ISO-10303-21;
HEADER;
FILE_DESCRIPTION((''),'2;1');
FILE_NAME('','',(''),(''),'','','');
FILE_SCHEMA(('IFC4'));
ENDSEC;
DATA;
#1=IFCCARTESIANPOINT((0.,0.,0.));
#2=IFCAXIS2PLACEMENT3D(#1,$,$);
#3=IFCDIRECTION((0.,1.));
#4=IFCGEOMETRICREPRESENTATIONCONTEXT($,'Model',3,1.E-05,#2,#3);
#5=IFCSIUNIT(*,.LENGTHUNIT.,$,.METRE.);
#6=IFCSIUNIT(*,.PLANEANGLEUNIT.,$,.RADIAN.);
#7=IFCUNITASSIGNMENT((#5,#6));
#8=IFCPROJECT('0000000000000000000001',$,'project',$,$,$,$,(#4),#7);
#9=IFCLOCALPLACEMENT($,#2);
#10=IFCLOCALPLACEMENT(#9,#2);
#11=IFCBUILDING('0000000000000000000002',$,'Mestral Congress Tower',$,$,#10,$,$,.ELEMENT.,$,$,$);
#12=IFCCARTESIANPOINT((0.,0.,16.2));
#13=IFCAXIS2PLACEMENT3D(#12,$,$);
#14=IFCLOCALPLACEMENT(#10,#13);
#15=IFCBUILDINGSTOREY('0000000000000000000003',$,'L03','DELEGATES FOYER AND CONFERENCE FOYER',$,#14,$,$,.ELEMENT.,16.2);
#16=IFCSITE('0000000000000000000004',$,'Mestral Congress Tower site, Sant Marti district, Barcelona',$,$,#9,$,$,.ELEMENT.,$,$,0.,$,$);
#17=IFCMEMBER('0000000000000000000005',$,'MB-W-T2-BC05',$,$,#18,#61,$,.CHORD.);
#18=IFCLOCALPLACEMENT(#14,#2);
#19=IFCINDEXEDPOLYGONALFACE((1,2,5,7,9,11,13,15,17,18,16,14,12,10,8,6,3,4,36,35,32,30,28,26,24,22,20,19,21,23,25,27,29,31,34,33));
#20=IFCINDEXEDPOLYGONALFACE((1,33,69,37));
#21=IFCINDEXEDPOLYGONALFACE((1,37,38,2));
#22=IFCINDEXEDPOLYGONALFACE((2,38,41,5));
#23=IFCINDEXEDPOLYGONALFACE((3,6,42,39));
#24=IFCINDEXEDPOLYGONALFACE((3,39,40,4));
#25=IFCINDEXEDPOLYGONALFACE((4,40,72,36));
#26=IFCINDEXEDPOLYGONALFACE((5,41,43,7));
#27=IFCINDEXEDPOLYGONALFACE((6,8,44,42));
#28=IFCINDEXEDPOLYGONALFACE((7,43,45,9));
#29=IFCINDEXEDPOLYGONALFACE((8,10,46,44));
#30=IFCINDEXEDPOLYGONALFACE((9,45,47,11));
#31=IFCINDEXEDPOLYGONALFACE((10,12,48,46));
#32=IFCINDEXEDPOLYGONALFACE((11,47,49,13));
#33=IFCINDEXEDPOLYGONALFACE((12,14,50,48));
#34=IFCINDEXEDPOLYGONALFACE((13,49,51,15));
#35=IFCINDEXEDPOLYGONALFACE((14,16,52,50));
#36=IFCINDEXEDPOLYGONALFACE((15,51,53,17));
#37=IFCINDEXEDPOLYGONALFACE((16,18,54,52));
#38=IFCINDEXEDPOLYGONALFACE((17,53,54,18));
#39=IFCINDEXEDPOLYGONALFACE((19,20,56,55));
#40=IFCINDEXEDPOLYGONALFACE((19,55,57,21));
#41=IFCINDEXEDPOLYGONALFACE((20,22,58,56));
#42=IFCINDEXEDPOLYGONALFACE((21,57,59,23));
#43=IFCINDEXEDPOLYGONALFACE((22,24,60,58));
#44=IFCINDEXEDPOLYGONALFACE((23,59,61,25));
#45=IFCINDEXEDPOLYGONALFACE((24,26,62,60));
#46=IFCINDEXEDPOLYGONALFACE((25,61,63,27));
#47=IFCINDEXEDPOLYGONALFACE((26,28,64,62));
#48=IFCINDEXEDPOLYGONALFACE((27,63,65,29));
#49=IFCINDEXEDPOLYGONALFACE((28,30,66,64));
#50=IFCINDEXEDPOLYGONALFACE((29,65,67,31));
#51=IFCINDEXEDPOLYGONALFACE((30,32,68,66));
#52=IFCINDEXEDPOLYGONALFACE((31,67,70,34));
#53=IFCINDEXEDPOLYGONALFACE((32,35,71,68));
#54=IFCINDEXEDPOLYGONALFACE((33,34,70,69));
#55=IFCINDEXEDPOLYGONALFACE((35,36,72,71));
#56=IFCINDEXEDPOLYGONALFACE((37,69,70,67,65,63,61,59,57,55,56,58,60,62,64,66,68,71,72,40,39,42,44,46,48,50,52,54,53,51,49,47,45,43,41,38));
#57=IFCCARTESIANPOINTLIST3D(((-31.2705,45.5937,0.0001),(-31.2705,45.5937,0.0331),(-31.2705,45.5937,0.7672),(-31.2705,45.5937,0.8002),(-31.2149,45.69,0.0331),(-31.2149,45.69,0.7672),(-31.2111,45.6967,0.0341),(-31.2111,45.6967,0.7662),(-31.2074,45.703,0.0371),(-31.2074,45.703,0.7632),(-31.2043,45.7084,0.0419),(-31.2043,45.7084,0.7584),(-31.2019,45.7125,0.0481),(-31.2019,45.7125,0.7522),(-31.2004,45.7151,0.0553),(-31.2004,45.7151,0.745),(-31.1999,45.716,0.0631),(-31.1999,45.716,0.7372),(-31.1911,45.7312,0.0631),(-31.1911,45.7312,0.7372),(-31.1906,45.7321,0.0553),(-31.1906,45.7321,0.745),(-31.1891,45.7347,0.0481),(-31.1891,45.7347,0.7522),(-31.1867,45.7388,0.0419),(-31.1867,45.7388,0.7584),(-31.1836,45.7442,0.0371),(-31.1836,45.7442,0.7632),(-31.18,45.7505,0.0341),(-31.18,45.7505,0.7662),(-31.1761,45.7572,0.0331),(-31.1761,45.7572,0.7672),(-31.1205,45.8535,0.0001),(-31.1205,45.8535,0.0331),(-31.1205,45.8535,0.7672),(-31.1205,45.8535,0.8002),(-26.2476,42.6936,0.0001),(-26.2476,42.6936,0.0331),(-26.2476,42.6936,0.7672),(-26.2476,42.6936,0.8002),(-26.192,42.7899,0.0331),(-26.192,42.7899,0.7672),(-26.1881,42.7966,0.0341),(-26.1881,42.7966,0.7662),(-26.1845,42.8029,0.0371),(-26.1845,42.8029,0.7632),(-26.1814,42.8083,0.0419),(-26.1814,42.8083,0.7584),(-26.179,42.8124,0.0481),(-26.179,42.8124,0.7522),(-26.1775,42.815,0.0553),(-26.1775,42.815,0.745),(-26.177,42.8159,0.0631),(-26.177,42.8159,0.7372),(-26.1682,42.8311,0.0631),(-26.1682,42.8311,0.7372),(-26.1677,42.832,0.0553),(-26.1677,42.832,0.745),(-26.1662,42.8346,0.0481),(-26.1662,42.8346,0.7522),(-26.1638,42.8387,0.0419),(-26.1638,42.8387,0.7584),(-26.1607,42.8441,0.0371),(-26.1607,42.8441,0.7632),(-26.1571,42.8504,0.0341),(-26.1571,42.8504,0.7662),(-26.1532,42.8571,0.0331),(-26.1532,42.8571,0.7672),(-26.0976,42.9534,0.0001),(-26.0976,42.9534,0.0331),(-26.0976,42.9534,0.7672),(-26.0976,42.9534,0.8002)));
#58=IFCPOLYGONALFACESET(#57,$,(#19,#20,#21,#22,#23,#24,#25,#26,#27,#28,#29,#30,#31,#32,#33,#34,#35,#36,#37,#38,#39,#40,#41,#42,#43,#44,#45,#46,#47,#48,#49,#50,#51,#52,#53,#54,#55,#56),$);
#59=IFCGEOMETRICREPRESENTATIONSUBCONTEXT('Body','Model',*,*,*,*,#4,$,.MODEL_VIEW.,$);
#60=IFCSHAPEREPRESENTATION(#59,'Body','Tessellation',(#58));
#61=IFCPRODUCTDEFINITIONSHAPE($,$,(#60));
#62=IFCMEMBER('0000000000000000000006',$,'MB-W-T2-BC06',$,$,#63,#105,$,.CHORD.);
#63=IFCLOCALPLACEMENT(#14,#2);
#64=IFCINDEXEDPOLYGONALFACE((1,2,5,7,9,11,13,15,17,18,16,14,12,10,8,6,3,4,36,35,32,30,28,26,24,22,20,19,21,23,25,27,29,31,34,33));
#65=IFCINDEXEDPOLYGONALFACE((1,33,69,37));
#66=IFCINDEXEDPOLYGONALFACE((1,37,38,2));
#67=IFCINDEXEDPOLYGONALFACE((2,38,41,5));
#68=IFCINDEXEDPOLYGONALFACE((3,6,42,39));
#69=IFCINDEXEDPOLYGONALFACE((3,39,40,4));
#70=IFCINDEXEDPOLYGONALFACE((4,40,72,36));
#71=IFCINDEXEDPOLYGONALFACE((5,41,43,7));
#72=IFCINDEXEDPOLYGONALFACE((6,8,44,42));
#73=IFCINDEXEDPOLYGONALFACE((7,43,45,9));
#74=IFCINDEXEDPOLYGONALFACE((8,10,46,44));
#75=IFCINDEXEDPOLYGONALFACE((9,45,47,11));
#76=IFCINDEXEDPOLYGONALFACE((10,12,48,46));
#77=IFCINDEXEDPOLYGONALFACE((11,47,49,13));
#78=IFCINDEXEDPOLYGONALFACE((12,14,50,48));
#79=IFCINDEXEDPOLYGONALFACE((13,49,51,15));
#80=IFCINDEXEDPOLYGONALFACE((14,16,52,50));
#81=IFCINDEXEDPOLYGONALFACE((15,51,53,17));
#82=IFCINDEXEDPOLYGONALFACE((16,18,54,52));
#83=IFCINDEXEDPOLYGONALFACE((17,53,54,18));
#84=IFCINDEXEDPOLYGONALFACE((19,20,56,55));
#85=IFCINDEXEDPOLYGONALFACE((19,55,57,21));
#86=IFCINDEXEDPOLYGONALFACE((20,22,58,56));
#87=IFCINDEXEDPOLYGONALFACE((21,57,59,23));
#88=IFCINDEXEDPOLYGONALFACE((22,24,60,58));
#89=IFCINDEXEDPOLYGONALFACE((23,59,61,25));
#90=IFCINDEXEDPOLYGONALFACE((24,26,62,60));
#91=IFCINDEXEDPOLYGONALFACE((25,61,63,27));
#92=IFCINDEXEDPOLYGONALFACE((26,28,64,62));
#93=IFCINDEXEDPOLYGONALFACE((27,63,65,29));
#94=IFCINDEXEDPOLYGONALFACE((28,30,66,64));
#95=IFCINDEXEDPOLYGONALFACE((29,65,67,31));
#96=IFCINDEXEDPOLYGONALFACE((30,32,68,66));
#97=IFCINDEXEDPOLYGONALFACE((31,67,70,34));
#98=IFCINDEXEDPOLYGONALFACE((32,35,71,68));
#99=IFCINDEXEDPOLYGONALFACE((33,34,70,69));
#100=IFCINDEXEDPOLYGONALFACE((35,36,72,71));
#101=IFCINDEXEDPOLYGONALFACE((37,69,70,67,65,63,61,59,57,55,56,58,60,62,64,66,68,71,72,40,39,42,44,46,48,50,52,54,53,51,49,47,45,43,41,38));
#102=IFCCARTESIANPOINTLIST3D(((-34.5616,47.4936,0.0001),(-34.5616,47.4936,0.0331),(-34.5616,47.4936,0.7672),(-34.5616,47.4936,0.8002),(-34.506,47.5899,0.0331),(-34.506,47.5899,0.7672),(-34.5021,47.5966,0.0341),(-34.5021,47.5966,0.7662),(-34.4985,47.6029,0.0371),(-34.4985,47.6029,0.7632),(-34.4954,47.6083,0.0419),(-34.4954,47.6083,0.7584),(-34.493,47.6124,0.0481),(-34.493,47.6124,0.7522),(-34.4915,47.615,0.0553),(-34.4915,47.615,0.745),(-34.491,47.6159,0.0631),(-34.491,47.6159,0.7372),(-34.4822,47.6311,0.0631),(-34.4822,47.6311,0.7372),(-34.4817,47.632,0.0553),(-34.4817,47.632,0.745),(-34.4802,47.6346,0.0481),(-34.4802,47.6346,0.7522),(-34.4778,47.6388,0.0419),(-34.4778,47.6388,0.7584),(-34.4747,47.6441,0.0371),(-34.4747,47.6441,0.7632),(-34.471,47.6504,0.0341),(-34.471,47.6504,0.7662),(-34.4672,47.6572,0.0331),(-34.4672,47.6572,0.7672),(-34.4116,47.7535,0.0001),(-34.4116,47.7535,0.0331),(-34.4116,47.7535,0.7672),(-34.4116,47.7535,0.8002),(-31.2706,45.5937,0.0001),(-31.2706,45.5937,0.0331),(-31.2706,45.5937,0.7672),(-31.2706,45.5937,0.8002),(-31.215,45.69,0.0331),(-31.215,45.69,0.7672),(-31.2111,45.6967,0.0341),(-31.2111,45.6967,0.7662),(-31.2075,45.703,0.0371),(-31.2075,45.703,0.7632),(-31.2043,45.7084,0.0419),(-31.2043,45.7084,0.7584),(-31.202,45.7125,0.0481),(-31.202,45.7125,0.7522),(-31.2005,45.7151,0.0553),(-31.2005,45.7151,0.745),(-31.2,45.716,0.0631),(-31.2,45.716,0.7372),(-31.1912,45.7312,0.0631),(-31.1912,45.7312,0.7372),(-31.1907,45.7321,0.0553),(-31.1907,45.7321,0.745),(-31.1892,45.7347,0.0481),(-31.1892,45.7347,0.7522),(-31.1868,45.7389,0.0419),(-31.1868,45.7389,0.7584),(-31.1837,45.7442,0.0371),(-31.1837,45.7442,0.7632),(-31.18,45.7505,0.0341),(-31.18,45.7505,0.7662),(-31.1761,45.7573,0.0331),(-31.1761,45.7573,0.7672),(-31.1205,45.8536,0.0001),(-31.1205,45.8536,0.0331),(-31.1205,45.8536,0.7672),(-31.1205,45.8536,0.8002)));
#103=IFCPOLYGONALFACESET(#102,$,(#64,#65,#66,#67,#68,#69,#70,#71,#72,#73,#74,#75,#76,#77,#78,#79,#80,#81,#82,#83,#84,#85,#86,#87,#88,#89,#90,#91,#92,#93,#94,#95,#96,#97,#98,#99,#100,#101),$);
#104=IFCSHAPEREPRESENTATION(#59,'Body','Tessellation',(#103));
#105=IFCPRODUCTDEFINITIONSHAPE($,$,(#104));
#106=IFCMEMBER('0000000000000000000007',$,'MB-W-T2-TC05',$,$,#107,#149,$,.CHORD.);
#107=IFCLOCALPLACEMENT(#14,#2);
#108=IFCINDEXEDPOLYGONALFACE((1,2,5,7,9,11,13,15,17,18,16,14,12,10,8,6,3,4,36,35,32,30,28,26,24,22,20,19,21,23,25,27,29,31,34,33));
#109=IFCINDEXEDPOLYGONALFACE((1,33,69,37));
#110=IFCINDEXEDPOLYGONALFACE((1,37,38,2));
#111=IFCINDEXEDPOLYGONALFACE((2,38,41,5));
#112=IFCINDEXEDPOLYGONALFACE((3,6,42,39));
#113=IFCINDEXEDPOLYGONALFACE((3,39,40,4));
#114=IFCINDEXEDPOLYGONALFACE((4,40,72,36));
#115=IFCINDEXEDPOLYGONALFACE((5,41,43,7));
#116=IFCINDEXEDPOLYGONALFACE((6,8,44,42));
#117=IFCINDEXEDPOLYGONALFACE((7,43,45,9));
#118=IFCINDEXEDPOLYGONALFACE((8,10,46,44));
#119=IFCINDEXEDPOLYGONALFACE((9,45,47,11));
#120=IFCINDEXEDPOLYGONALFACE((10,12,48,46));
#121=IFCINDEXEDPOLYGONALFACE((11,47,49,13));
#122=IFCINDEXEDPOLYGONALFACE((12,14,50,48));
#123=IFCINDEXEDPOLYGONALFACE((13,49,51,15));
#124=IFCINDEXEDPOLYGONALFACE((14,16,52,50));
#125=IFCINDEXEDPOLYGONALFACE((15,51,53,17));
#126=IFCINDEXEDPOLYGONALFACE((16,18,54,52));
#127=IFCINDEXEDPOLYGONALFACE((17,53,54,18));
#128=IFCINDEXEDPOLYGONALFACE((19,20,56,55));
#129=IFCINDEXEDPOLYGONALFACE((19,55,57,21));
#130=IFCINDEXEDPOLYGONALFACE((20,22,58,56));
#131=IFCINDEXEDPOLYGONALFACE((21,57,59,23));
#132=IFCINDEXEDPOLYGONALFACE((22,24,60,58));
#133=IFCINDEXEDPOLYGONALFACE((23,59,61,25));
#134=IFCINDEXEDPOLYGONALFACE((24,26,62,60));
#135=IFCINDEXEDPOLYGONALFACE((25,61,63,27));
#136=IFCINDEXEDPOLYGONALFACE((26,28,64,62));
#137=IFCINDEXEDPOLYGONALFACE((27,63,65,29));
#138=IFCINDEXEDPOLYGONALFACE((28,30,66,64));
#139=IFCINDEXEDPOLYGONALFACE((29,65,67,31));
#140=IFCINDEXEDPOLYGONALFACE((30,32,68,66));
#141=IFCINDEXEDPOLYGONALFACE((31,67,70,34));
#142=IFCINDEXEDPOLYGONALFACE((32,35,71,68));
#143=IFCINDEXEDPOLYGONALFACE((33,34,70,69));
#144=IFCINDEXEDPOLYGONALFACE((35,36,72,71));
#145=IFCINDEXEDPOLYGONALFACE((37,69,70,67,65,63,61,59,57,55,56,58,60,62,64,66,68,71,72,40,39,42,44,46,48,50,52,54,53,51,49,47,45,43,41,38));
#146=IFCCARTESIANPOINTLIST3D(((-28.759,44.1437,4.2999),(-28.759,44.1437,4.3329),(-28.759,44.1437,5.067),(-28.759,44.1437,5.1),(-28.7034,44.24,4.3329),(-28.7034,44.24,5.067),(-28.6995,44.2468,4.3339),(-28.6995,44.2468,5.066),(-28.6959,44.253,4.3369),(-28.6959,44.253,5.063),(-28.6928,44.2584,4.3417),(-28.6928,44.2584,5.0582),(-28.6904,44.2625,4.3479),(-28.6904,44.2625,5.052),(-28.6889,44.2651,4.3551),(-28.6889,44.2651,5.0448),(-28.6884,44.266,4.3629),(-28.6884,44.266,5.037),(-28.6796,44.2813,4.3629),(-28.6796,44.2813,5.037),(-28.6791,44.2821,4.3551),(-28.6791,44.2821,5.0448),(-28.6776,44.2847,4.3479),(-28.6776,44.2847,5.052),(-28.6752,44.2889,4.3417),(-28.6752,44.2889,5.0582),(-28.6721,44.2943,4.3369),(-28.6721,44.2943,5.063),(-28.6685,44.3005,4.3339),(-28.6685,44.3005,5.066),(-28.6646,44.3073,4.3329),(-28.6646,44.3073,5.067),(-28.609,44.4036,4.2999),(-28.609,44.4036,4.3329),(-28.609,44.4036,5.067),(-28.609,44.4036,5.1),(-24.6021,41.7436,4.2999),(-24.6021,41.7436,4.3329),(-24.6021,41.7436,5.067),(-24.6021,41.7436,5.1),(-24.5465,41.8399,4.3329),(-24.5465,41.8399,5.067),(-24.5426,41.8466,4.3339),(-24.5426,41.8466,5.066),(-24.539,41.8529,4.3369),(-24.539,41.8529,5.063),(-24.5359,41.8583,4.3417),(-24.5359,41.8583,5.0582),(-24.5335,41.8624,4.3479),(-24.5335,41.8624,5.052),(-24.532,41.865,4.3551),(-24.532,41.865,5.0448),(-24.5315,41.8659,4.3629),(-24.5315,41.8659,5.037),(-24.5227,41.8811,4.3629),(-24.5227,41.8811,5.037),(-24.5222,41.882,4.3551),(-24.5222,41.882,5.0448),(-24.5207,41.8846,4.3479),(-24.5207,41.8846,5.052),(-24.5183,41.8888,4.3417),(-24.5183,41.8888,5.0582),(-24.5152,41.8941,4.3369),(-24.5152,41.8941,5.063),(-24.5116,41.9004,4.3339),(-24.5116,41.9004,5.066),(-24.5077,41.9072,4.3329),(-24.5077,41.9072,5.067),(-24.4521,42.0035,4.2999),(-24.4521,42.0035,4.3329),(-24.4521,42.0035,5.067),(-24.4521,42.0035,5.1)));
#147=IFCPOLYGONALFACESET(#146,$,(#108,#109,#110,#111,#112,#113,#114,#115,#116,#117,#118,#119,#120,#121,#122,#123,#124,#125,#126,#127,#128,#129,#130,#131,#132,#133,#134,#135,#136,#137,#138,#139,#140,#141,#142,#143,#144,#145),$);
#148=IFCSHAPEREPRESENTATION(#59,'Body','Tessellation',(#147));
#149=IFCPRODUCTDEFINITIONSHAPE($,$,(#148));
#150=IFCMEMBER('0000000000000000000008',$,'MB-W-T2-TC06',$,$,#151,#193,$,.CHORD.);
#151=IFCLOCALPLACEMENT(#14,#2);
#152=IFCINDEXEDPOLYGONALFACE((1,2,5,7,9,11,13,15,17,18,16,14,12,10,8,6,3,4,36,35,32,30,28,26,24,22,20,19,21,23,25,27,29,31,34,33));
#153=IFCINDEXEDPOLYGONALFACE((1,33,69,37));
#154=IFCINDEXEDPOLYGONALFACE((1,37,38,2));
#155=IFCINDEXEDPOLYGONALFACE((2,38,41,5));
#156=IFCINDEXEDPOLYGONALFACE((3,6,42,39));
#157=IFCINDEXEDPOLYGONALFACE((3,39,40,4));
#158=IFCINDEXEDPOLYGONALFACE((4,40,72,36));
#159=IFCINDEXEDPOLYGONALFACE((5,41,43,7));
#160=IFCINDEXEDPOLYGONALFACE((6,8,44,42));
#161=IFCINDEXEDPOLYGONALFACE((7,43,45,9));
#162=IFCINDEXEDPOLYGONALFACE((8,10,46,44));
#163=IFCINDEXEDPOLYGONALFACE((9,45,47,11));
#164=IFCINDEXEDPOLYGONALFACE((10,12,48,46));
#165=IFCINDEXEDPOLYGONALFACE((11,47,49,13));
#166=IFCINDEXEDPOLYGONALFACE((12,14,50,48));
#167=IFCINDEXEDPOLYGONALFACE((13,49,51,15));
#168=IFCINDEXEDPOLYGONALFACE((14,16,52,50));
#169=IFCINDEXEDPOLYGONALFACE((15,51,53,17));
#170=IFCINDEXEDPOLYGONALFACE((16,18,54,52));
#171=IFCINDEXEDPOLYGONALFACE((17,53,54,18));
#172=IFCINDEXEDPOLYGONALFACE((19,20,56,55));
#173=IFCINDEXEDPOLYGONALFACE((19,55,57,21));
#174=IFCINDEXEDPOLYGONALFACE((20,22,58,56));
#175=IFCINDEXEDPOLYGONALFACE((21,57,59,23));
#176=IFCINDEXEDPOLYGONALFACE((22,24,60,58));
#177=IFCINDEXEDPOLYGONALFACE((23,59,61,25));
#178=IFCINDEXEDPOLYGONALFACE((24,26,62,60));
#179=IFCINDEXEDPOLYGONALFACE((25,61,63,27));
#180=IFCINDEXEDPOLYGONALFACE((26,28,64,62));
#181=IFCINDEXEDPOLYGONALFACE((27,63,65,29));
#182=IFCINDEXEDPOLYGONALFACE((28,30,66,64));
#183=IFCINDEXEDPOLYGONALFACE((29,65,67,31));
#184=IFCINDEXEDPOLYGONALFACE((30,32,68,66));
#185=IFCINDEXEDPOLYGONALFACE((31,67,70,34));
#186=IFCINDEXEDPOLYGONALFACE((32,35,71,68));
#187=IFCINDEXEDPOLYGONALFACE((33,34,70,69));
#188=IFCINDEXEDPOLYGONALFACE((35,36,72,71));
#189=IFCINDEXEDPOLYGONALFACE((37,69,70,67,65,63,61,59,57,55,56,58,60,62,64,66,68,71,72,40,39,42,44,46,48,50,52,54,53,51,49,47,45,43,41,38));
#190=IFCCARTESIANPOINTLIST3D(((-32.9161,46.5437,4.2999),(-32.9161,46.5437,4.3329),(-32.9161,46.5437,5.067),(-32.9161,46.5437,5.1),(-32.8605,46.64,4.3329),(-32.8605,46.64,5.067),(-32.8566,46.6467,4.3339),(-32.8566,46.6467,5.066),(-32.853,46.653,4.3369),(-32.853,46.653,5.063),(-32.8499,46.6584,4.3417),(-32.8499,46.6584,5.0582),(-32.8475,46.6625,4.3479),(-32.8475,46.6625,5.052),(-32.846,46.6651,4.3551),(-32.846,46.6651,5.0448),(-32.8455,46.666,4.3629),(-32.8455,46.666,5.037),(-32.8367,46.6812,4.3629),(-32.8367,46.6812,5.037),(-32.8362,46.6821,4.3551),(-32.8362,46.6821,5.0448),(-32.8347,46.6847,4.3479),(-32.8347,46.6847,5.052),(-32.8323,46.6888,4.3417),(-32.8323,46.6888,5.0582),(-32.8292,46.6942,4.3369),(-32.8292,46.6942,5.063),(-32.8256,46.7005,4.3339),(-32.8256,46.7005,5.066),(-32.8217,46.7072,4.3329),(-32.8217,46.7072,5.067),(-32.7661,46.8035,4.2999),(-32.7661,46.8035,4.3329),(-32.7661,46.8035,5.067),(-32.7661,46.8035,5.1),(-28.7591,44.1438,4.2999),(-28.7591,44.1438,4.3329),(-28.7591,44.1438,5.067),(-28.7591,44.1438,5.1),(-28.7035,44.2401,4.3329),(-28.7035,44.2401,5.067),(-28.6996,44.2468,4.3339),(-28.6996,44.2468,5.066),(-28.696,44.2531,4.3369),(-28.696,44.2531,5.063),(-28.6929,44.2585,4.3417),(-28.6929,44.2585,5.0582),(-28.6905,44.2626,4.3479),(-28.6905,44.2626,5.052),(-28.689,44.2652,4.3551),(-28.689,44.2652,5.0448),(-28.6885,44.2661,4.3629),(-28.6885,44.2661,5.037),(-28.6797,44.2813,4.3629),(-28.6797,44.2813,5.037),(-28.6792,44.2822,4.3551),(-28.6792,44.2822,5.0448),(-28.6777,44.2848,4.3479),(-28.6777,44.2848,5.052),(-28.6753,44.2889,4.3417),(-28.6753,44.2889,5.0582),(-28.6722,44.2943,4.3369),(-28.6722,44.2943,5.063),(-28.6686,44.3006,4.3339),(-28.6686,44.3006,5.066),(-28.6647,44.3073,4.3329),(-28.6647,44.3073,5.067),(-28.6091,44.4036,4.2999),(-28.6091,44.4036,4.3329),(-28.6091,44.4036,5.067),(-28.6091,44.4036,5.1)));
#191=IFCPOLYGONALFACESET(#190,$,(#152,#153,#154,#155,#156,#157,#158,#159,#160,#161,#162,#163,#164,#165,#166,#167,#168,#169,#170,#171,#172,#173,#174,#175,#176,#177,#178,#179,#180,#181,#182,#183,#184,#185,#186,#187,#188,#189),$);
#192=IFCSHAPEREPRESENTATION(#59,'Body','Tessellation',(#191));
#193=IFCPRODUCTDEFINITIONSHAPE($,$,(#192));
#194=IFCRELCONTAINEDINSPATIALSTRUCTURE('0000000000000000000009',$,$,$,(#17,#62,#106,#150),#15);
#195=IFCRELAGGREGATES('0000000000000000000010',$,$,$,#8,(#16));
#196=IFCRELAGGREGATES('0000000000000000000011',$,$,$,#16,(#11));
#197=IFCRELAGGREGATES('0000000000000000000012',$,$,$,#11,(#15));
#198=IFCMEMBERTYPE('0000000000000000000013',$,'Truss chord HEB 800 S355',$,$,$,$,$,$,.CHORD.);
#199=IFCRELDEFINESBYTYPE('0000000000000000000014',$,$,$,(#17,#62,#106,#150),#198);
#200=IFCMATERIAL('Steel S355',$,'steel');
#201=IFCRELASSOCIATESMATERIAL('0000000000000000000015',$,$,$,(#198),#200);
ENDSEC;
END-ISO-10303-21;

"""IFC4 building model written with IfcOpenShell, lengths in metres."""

from ifc_helpers import new_model, si_unit, direction, frame, origin, origin_2d, place, context, subcontext, project, spatial, i_section, extrude, material, material_profile, profile_set, type_object, element, save


model = new_model("IFC4")

# Units and contexts
model_context = context("Model", 3, precision=1e-05, world=origin(), true_north=direction((0.0, 1.0)))
body_context = subcontext(model_context, "Body", "Model", "MODEL_VIEW")
ifc_project = project(units=[si_unit("LENGTHUNIT", "METRE"), si_unit("PLANEANGLEUNIT", "RADIAN")], contexts=[model_context])

# Site, building, storey
site_placement = place(None, origin())
site = spatial("IfcSite", under=ifc_project, at=site_placement, Name="Mestral Congress Tower site, Sant Marti district, Barcelona", CompositionType="ELEMENT", RefElevation=0.0)
building_placement = place(site_placement, origin())
building = spatial("IfcBuilding", under=site, at=building_placement, Name="Mestral Congress Tower", CompositionType="ELEMENT")
storey_placement = place(building_placement, frame((0.0, 0.0, 16.2)))
storey = spatial("IfcBuildingStorey", under=building, at=storey_placement, Name="L03", Description="DELEGATES FOYER AND CONFERENCE FOYER", CompositionType="ELEMENT", Elevation=16.2)

# Members
ifc_material_1 = material(Name="Steel S355", Category="steel")
ifc_material_profile_1 = material_profile(ifc_material_1, i_section(OverallWidth=0.3, OverallDepth=0.8, WebThickness=0.0176, FlangeThickness=0.033, FilletRadius=0.03, at=origin_2d()), Name="HEB 800")
ifc_profile_set_1 = profile_set([ifc_material_profile_1], Name="Steel S355")
member_type_1 = type_object("IfcMemberType", Name="Truss chord HEB 800 S355", PredefinedType="CHORD", material=ifc_profile_set_1)
member_1_placement = place(storey_placement, frame((-26.1726, 42.8235, 0.4001), z_axis=(-0.866015, 0.500019, 0.0), x_axis=(-0.500019, -0.866015, 0.0)))
element("IfcMember", 1, at=member_1_placement, inside=storey, type_object=member_type_1, Name="MB-W-T2-BC05", PredefinedType="CHORD", context=body_context, shape_type="SweptSolid", body=[
    extrude(i_section(OverallWidth=0.3, OverallDepth=0.8, WebThickness=0.0176, FlangeThickness=0.033, FilletRadius=0.03, at=origin_2d()), origin(), (0.0, 0.0, 1.0), 5.8),
])
member_2_placement = place(storey_placement, frame((-31.1956, 45.7236, 0.4001), z_axis=(-0.866044, 0.499967, 0.0), x_axis=(-0.499967, -0.866044, 0.0)))
element("IfcMember", 2, at=member_2_placement, inside=storey, type_object=member_type_1, Name="MB-W-T2-BC06", PredefinedType="CHORD", context=body_context, shape_type="SweptSolid", body=[
    extrude(i_section(OverallWidth=0.3, OverallDepth=0.8, WebThickness=0.0176, FlangeThickness=0.033, FilletRadius=0.03, at=origin_2d()), origin(), (0.0, 0.0, 1.0), 3.8),
])
for number, where, z_axis, x_axis, name in (
    (3, (-24.5271, 41.8735, 4.7), (-0.866015, 0.500017, 0.0), (-0.500017, -0.866015, 0.0), "MB-W-T2-TC05"),
    (4, (-28.6841, 44.2737, 4.7), (-0.866037, 0.499979, 0.0), (-0.499979, -0.866037, 0.0), "MB-W-T2-TC06"),
):
    element("IfcMember", number, at=place(storey_placement, frame(where, z_axis=z_axis, x_axis=x_axis)), inside=storey, type_object=member_type_1, Name=name, PredefinedType="CHORD", context=body_context, shape_type="SweptSolid", body=[
        extrude(i_section(OverallWidth=0.3, OverallDepth=0.8, WebThickness=0.0176, FlangeThickness=0.033, FilletRadius=0.03, at=origin_2d()), origin(), (0.0, 0.0, 1.0), 4.8),
    ])

save(model, "model.ifc")
